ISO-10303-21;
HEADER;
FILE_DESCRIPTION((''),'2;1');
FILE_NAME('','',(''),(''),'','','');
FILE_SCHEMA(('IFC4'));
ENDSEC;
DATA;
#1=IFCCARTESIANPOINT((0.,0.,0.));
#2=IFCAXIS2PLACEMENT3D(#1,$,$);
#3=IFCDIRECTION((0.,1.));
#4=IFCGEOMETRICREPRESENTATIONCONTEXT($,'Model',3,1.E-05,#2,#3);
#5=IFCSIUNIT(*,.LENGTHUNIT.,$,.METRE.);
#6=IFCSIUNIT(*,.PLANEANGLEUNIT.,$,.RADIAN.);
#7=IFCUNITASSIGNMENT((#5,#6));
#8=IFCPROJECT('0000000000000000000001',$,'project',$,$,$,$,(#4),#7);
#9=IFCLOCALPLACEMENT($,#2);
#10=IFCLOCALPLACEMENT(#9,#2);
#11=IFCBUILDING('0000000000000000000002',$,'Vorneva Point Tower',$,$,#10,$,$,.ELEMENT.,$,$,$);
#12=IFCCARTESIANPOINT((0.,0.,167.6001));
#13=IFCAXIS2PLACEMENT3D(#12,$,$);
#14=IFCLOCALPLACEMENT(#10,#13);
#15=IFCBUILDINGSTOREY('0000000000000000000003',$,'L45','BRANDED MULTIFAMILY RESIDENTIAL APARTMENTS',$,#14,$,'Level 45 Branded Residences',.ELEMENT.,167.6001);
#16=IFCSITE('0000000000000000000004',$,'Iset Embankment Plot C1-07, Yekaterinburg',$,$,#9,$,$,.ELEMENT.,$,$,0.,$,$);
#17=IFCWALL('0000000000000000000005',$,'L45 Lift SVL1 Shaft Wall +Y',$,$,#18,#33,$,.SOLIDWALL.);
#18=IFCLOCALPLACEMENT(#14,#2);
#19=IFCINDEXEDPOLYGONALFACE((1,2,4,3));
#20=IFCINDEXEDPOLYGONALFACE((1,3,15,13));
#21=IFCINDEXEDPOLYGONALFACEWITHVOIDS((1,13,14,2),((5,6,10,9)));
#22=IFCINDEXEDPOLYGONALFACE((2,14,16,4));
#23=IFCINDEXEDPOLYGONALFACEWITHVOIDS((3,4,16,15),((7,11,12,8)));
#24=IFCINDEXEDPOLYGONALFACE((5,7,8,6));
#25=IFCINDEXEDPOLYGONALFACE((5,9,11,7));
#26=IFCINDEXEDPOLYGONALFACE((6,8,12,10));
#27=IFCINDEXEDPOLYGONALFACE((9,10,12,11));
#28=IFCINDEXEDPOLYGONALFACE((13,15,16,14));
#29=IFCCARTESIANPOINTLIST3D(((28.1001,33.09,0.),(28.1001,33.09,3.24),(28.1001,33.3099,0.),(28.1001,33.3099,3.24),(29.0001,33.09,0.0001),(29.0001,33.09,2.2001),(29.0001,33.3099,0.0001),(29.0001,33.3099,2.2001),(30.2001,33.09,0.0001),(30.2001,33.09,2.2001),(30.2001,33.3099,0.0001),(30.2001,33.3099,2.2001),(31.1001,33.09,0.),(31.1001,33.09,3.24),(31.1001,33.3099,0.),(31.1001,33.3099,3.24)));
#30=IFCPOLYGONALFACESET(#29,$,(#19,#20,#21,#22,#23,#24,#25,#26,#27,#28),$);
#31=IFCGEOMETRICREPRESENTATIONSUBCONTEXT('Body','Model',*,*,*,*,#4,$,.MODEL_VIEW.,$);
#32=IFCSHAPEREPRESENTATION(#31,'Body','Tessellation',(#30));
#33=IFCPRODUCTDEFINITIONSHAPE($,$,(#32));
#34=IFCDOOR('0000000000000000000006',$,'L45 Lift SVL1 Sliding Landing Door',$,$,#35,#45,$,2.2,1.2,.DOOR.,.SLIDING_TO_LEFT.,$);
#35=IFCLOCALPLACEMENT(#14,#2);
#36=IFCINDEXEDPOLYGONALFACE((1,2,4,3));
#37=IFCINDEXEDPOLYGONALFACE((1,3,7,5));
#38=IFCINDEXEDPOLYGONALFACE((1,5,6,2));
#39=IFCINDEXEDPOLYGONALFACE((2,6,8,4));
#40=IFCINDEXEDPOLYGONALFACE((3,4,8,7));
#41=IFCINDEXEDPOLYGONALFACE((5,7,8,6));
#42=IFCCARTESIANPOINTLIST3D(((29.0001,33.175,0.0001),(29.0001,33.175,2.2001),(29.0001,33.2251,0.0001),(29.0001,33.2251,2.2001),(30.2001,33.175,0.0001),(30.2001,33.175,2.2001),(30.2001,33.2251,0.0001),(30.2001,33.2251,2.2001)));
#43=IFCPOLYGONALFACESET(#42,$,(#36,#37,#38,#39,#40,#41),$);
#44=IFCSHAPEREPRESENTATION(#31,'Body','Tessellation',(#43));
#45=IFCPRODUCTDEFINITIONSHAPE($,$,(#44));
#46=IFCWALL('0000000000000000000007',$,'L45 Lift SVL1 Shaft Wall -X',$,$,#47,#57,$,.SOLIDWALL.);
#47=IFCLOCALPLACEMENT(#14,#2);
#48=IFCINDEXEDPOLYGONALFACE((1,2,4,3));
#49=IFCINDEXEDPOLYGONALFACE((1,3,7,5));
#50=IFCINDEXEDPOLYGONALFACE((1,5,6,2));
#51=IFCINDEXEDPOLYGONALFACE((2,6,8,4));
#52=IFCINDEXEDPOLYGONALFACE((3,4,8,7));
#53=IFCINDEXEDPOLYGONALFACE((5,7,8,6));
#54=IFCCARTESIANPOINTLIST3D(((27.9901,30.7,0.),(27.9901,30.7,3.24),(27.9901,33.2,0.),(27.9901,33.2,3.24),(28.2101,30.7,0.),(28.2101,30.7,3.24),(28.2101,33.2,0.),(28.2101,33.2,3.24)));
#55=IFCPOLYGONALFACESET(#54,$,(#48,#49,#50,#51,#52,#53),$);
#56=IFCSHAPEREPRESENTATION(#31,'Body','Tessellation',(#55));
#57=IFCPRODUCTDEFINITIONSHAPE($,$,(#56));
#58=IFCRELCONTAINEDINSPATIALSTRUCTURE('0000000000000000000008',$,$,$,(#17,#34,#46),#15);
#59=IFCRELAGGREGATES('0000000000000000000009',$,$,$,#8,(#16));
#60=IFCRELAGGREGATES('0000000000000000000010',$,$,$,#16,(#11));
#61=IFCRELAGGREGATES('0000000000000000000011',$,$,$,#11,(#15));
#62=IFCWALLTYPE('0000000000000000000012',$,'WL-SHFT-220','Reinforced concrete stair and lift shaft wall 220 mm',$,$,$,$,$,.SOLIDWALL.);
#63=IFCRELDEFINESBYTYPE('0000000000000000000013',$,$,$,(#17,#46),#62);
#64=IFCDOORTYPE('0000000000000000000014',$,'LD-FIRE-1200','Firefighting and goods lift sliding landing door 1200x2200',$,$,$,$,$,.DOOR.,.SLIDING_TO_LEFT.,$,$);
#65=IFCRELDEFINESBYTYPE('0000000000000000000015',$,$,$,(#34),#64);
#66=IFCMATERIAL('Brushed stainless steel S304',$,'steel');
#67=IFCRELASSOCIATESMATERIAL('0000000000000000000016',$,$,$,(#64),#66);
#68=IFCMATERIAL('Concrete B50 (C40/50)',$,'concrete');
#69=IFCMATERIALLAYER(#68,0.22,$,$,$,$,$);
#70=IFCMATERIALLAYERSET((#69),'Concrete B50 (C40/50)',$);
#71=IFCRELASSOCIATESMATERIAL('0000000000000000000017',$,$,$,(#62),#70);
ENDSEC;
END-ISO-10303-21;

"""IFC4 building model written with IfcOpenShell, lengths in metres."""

from ifc_helpers import new_model, si_unit, direction, frame, frame_2d, origin, place, context, subcontext, project, spatial, rectangle, extrude, material, layer, layer_set, type_object, element, fill, save


model = new_model("IFC4")

# Units and contexts
model_context = context("Model", 3, precision=1e-05, world=origin(), true_north=direction((0.0, 1.0)))
body_context = subcontext(model_context, "Body", "Model", "MODEL_VIEW")
ifc_project = project(units=[si_unit("LENGTHUNIT", "METRE"), si_unit("PLANEANGLEUNIT", "RADIAN")], contexts=[model_context])

# Site, building, storey
site_placement = place(None, origin())
site = spatial("IfcSite", under=ifc_project, at=site_placement, Name="Iset Embankment Plot C1-07, Yekaterinburg", CompositionType="ELEMENT", RefElevation=0.0)
building_placement = place(site_placement, origin())
building = spatial("IfcBuilding", under=site, at=building_placement, Name="Vorneva Point Tower", CompositionType="ELEMENT")
storey_placement = place(building_placement, frame((0.0, 0.0, 167.6001)))
storey = spatial("IfcBuildingStorey", under=building, at=storey_placement, Name="L45", Description="BRANDED MULTIFAMILY RESIDENTIAL APARTMENTS", LongName="Level 45 Branded Residences", CompositionType="ELEMENT", Elevation=167.6001)

# Shared definitions
ifc_material_1 = material(Name="Brushed stainless steel S304", Category="steel")
door_type_1 = type_object("IfcDoorType", Name="LD-FIRE-1200", Description="Firefighting and goods lift sliding landing door 1200x2200", OperationType="SLIDING_TO_LEFT", PredefinedType="DOOR", material=ifc_material_1)

# Shared definitions
ifc_material_2 = material(Name="Concrete B50 (C40/50)", Category="concrete")
ifc_layer_1 = layer(ifc_material_2, 0.22)
ifc_layer_set_1 = layer_set([ifc_layer_1], Name="Concrete B50 (C40/50)")
wall_type_1 = type_object("IfcWallType", Name="WL-SHFT-220", Description="Reinforced concrete stair and lift shaft wall 220 mm", PredefinedType="SOLIDWALL", material=ifc_layer_set_1)

# Wall, opening, door
wall_1_placement = place(storey_placement, frame((31.1001, 33.2, 0.0), z_axis=(0.0, 0.0, 1.0), x_axis=(-1.0, 0.0, 0.0)))
wall_1 = element("IfcWall", 1, at=wall_1_placement, inside=storey, type_object=wall_type_1, Name="L45 Lift SVL1 Shaft Wall +Y", PredefinedType="SOLIDWALL", context=body_context, shape_type="SweptSolid", body=[
    extrude(rectangle(XDim=3.0, YDim=0.22, at=frame_2d((1.5, 0.0))), origin(), (0.0, 0.0, 1.0), 3.24),
])
opening_1_placement = place(wall_1_placement, frame((0.8999, 0.0, 0.0)))
opening_1 = element("IfcOpeningElement", 2, at=opening_1_placement, cuts=wall_1, PredefinedType="OPENING", context=body_context, shape_type="SweptSolid", body=[
    extrude(rectangle(XDim=1.2, YDim=2.2, at=frame_2d((0.6001, 1.1001))), frame((0.0, 0.125, 0.0), z_axis=(0.0, -1.0, 0.0), x_axis=(1.0, 0.0, 0.0)), (0.0, 0.0, 1.0), 0.2498),
])
door_1_placement = place(opening_1_placement, origin())
door_1 = element("IfcDoor", 3, at=door_1_placement, inside=storey, type_object=door_type_1, Name="L45 Lift SVL1 Sliding Landing Door", OperationType="SLIDING_TO_LEFT", OverallHeight=2.2, OverallWidth=1.2, PredefinedType="DOOR", context=body_context, shape_type="SweptSolid", body=[
    extrude(rectangle(XDim=1.2, YDim=2.2, at=frame_2d((0.6001, 1.1001))), frame((0.0, 0.0249, 0.0), z_axis=(0.0, -1.0, 0.0), x_axis=(1.0, 0.0, 0.0)), (0.0, 0.0, 1.0), 0.05),
])
fill(opening_1, door_1)

# Wall
wall_2_placement = place(storey_placement, frame((28.1001, 33.2, 0.0), z_axis=(0.0, 0.0, 1.0), x_axis=(0.0, -1.0, 0.0)))
element("IfcWall", 4, at=wall_2_placement, inside=storey, type_object=wall_type_1, Name="L45 Lift SVL1 Shaft Wall -X", PredefinedType="SOLIDWALL", context=body_context, shape_type="SweptSolid", body=[
    extrude(rectangle(XDim=2.5, YDim=0.22, at=frame_2d((1.25, 0.0))), origin(), (0.0, 0.0, 1.0), 3.24),
])

save(model, "model.ifc")
